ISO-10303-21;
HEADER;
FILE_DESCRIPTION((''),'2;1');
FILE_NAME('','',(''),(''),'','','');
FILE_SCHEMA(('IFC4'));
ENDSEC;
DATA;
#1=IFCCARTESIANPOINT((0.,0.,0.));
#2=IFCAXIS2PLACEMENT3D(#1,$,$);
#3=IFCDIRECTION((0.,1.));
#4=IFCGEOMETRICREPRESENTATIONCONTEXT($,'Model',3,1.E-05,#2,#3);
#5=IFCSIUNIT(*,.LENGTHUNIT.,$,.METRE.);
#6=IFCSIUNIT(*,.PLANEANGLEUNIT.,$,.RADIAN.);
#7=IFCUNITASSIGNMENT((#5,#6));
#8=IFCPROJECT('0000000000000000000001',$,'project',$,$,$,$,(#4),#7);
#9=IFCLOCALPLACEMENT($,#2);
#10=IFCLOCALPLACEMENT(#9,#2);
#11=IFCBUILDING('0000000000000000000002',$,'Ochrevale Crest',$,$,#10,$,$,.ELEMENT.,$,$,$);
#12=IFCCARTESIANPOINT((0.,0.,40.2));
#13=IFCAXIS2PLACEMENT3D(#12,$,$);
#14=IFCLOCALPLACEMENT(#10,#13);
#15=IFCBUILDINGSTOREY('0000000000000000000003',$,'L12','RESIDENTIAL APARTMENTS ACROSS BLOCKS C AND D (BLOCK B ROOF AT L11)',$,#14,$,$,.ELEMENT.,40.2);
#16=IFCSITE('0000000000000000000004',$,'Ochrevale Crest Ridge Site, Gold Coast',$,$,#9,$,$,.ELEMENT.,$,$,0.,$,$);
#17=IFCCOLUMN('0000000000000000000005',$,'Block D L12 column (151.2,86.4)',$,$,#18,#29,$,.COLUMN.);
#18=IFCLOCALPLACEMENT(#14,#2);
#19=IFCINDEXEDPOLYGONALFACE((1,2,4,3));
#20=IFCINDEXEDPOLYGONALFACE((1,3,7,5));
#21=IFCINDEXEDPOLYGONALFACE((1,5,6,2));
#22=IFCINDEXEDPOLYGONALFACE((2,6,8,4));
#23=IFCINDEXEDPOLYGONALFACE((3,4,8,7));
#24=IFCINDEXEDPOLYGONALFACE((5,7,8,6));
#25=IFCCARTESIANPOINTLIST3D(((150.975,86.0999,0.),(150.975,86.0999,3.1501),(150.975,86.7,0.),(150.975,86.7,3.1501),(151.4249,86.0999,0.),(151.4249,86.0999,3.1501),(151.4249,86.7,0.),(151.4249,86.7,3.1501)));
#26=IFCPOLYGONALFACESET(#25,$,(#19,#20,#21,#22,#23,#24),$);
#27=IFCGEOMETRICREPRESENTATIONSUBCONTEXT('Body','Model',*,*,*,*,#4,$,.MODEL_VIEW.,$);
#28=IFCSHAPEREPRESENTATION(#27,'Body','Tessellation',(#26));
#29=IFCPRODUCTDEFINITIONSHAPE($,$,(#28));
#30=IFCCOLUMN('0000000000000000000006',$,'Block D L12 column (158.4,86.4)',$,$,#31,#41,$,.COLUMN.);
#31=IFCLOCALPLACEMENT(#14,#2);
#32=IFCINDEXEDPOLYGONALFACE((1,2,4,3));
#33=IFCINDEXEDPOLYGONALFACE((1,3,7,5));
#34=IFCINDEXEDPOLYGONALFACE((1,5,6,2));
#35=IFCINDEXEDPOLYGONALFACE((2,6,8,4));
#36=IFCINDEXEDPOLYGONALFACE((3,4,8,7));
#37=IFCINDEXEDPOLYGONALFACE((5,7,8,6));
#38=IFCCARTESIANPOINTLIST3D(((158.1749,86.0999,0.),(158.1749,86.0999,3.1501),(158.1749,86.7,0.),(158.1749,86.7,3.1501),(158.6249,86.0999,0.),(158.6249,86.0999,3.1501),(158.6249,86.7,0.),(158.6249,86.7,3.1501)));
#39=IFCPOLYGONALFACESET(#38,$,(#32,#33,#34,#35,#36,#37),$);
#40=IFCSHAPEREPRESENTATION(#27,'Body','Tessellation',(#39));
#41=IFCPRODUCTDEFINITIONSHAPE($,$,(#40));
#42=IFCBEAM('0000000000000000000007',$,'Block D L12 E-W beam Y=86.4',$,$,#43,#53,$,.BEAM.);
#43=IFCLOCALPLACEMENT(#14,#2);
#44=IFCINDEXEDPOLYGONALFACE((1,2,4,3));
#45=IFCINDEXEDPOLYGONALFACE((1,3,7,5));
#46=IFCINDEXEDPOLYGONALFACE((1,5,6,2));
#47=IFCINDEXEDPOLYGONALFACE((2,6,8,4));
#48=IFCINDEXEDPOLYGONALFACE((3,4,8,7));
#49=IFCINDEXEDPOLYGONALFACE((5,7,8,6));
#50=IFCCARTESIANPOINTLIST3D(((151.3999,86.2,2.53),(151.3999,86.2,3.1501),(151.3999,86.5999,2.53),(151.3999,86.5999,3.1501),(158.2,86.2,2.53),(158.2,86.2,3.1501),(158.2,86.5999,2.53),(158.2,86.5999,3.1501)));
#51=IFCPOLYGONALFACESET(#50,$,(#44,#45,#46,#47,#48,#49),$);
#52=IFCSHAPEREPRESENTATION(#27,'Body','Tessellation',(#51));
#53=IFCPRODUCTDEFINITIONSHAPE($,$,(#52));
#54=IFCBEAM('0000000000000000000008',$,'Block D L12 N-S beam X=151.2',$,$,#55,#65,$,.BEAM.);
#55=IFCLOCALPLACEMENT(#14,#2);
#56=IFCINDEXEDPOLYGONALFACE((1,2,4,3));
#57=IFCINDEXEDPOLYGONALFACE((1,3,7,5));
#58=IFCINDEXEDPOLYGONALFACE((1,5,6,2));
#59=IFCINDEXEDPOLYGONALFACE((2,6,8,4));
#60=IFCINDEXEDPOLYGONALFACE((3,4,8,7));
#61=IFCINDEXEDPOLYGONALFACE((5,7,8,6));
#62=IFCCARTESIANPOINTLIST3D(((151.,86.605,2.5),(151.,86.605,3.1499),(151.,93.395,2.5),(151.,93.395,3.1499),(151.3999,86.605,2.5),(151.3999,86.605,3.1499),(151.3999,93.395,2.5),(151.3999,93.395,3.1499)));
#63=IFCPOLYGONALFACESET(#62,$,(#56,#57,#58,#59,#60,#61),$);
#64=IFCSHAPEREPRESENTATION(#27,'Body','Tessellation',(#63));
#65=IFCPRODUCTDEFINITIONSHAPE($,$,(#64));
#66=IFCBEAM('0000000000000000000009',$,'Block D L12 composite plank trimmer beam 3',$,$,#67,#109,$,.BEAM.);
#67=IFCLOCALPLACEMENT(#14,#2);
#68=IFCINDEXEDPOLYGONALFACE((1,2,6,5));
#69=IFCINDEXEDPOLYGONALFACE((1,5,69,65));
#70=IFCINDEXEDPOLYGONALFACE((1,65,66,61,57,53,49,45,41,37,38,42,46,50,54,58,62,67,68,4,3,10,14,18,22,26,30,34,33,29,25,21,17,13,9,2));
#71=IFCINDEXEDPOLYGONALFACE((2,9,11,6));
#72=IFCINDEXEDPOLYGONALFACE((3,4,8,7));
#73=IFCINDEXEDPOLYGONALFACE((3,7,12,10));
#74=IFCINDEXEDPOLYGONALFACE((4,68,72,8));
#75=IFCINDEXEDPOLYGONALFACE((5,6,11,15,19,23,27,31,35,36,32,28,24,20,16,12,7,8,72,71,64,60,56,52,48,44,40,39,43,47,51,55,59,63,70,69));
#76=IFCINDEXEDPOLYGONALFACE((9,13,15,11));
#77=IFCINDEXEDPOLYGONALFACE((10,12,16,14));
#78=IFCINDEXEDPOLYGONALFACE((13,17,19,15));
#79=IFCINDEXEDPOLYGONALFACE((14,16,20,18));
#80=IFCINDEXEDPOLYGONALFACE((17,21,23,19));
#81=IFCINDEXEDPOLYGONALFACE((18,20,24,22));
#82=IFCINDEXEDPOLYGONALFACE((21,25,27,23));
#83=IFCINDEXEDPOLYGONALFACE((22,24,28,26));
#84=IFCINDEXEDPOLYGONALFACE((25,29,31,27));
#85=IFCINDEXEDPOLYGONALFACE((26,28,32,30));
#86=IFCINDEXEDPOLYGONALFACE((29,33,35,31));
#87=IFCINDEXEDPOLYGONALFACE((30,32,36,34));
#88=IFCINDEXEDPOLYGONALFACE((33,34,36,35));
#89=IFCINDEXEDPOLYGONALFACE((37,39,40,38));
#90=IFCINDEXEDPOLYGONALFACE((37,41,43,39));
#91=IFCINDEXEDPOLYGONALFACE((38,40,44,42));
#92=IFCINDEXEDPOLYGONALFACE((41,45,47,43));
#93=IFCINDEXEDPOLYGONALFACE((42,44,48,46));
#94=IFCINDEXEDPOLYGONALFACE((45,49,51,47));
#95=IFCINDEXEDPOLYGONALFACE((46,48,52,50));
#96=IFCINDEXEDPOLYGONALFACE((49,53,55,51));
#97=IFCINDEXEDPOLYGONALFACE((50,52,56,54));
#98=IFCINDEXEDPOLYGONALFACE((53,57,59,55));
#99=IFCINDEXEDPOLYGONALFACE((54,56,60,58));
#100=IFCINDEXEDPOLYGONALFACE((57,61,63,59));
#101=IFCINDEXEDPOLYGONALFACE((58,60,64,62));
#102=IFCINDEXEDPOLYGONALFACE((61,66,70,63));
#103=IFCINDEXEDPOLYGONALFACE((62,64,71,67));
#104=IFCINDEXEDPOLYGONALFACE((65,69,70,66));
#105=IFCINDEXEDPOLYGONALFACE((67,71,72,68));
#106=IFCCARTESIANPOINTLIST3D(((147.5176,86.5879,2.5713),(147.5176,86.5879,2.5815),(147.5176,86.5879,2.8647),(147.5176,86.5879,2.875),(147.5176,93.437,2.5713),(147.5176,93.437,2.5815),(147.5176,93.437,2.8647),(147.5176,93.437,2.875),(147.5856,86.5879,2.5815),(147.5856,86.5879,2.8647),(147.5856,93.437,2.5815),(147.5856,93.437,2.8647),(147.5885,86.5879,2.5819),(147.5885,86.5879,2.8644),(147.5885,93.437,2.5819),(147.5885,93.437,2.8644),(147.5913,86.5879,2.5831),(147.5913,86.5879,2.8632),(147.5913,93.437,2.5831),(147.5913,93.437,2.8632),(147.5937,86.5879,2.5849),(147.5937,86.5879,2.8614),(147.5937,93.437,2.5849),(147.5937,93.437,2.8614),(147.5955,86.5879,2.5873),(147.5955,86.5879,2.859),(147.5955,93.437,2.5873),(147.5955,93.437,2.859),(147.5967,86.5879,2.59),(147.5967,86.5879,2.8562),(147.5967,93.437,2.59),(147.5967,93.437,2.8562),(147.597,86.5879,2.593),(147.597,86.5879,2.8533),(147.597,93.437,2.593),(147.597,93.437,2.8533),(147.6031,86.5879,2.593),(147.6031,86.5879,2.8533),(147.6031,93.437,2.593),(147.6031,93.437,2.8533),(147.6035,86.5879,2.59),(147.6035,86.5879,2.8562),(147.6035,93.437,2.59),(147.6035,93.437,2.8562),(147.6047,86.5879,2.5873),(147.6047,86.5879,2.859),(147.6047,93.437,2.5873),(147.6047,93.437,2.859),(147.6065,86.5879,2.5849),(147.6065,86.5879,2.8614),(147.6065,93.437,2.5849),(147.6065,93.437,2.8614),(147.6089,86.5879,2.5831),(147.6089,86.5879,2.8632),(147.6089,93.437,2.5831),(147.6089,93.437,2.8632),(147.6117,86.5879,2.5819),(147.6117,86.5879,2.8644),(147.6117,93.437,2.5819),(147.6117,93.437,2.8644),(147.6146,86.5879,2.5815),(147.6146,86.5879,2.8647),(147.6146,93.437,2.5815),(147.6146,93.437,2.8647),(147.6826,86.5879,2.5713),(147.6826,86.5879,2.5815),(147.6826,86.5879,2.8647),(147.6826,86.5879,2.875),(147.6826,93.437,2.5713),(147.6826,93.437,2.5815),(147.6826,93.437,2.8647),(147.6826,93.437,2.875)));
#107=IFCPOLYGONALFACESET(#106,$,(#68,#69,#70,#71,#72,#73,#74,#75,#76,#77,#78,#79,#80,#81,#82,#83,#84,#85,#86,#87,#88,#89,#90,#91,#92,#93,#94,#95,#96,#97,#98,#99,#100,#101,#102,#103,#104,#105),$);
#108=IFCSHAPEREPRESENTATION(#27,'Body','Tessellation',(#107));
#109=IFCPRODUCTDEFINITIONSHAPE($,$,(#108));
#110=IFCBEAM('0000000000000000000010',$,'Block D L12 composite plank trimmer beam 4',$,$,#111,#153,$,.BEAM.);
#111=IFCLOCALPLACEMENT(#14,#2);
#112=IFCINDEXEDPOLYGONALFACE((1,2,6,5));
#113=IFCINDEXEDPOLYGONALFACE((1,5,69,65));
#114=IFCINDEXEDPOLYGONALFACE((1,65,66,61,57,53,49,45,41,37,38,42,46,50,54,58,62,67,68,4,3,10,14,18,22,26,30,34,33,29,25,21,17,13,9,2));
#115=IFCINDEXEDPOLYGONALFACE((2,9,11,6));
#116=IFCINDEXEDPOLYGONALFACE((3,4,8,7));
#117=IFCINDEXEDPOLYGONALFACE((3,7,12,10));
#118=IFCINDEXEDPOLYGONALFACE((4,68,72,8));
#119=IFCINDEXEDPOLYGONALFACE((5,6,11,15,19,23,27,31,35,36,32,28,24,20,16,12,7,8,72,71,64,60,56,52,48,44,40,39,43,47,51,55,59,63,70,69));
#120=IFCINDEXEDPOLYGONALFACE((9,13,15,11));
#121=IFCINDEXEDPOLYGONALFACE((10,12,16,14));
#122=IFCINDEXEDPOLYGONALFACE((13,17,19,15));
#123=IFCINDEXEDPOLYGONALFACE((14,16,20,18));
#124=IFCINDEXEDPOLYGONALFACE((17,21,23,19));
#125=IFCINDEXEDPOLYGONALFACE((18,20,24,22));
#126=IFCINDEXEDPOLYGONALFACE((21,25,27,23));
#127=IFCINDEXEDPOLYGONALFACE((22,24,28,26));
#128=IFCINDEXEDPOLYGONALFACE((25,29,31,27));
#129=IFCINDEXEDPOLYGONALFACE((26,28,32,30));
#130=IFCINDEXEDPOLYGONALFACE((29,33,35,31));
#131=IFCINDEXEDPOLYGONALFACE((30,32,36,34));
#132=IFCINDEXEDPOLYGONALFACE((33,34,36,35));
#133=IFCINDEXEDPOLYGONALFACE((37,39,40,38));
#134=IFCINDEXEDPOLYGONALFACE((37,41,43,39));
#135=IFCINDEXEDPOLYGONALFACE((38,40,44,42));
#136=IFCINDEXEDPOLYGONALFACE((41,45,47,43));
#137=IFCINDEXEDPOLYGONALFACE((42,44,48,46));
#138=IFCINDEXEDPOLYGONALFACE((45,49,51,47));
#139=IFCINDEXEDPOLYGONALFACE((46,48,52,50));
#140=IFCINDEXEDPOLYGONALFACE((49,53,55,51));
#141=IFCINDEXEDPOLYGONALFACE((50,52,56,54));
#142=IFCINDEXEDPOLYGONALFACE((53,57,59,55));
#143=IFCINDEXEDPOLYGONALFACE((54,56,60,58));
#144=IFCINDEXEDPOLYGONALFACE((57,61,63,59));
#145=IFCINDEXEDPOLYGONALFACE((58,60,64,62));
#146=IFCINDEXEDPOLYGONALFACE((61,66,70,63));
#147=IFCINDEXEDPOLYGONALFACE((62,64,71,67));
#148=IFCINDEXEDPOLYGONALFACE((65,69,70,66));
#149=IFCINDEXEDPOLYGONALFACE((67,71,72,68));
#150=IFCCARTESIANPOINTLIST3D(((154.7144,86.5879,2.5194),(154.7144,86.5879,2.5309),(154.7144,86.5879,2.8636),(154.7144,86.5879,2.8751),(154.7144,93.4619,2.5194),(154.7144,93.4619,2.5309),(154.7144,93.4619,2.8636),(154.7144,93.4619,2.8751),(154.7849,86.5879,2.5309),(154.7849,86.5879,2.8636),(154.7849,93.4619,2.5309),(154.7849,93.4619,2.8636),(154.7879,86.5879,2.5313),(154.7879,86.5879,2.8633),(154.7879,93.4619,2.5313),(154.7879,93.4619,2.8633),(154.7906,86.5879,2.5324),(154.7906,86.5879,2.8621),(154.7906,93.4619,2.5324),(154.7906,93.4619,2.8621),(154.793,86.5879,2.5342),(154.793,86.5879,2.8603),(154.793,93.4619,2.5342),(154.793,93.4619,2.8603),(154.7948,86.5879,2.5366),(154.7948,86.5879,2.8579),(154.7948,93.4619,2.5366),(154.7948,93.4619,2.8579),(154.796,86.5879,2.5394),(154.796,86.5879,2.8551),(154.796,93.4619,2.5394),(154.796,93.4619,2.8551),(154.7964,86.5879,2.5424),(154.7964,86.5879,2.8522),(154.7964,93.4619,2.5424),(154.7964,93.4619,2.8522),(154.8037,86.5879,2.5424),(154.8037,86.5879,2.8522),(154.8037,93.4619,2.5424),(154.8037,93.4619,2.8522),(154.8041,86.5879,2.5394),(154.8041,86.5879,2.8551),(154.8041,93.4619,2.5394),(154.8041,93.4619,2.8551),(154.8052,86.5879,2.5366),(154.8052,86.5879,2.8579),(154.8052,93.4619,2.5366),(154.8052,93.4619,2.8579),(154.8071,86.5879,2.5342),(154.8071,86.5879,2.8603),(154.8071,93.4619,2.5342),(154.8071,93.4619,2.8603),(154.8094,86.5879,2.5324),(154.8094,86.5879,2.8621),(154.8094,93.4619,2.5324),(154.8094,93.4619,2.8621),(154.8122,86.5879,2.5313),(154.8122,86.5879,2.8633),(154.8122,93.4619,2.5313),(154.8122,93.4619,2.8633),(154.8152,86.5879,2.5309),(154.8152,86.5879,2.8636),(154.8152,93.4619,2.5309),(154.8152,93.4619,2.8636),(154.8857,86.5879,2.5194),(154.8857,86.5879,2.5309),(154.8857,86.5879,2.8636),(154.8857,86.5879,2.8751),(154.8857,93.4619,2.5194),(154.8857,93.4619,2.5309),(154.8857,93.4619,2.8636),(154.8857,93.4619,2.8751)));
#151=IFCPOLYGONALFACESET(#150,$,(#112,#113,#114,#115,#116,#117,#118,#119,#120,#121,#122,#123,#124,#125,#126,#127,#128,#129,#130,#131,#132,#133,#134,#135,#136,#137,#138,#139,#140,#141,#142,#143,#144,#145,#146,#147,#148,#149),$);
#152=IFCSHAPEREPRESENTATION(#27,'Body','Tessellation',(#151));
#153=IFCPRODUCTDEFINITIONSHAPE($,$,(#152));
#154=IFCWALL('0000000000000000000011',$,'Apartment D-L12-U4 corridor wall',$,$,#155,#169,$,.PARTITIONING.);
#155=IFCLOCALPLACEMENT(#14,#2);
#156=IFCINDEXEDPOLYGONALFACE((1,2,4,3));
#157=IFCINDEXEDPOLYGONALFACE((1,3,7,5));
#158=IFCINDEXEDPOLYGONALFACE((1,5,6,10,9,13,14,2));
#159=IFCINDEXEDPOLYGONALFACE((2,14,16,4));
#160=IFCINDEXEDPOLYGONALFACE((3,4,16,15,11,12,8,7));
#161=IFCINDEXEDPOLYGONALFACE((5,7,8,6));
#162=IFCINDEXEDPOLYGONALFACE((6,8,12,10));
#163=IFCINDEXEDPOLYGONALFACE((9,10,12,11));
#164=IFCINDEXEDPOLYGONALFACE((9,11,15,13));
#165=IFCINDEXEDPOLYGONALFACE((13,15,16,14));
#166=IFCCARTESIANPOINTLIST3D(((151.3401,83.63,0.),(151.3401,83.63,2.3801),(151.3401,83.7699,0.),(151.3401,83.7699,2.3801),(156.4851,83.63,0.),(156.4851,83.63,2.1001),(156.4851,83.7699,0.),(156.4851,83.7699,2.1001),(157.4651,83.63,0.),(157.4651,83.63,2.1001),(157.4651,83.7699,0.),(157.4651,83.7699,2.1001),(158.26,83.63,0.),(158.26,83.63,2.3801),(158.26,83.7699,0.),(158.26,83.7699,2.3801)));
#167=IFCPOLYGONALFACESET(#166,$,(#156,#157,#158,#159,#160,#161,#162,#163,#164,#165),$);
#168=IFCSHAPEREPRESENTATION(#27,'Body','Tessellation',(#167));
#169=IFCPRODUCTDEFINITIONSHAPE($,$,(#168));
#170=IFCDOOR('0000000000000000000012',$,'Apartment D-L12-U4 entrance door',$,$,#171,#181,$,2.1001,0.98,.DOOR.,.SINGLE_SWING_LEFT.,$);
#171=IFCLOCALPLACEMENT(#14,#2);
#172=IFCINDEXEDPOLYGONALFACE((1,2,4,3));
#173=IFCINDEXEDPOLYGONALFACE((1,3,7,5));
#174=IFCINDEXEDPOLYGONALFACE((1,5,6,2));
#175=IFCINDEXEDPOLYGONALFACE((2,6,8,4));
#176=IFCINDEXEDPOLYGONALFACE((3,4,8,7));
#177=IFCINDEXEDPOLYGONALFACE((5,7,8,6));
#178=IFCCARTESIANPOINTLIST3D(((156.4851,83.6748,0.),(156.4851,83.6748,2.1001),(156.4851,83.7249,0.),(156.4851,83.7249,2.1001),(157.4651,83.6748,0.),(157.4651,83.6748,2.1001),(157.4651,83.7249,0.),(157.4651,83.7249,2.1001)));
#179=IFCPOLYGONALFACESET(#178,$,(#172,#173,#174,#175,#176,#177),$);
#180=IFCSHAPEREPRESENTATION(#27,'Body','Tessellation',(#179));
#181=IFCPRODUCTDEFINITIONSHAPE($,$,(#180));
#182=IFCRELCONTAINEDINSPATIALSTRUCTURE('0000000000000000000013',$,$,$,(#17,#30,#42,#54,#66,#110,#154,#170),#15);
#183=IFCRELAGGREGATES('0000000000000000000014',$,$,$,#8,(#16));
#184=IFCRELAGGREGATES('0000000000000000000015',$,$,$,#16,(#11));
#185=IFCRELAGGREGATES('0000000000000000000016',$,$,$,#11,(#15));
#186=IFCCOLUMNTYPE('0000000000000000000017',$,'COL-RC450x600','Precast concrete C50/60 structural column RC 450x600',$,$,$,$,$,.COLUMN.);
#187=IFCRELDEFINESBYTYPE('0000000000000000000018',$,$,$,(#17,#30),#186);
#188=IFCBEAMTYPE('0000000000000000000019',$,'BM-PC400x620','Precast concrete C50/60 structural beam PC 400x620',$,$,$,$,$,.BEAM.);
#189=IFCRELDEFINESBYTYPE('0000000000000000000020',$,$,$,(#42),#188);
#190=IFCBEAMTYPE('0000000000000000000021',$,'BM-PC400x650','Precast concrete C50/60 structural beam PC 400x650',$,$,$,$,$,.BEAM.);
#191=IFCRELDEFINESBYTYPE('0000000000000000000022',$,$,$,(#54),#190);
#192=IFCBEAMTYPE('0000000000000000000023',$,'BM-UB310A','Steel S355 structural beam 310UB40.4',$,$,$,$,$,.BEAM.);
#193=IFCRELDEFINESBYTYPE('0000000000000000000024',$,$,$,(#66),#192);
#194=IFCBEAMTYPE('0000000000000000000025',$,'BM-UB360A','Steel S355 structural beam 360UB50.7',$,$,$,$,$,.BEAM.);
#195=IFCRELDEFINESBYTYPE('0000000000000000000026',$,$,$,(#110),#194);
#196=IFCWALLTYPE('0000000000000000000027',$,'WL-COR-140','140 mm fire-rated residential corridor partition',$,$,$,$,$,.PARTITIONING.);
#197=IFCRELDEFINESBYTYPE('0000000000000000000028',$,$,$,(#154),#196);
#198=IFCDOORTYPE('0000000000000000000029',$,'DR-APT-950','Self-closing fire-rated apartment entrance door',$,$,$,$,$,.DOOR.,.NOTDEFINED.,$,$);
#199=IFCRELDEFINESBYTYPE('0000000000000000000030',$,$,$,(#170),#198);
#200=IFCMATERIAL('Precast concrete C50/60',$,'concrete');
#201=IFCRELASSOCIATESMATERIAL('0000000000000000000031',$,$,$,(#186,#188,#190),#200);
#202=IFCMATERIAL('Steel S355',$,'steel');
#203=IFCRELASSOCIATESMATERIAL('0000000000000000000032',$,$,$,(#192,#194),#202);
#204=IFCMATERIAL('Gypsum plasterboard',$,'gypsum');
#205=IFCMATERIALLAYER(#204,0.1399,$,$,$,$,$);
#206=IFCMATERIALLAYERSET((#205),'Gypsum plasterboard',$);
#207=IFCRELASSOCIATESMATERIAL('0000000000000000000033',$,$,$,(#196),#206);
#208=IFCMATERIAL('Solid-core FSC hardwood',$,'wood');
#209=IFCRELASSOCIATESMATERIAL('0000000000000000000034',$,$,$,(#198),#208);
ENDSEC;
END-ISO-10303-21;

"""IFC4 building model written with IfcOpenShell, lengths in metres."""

from ifc_helpers import new_model, si_unit, direction, frame, frame_2d, origin, origin_2d, place, context, subcontext, project, spatial, rectangle, i_section, extrude, material, layer, layer_set, material_profile, profile_set, type_object, element, fill, save


model = new_model("IFC4")

# Units and contexts
model_context = context("Model", 3, precision=1e-05, world=origin(), true_north=direction((0.0, 1.0)))
body_context = subcontext(model_context, "Body", "Model", "MODEL_VIEW")
ifc_project = project(units=[si_unit("LENGTHUNIT", "METRE"), si_unit("PLANEANGLEUNIT", "RADIAN")], contexts=[model_context])

# Site, building, storey
site_placement = place(None, origin())
site = spatial("IfcSite", under=ifc_project, at=site_placement, Name="Ochrevale Crest Ridge Site, Gold Coast", CompositionType="ELEMENT", RefElevation=0.0)
building_placement = place(site_placement, origin())
building = spatial("IfcBuilding", under=site, at=building_placement, Name="Ochrevale Crest", CompositionType="ELEMENT")
storey_placement = place(building_placement, frame((0.0, 0.0, 40.2)))
storey = spatial("IfcBuildingStorey", under=building, at=storey_placement, Name="L12", Description="RESIDENTIAL APARTMENTS ACROSS BLOCKS C AND D (BLOCK B ROOF AT L11)", CompositionType="ELEMENT", Elevation=40.2)

# Columns
ifc_material_1 = material(Name="Precast concrete C50/60", Category="concrete")
ifc_material_profile_1 = material_profile(ifc_material_1, rectangle(XDim=0.45, YDim=0.6001, at=origin_2d()), Name="RC 450x600")
ifc_profile_set_1 = profile_set([ifc_material_profile_1], Name="Precast concrete C50/60")
column_type = type_object("IfcColumnType", Name="COL-RC450x600", Description="Precast concrete C50/60 structural column RC 450x600", PredefinedType="COLUMN", material=ifc_profile_set_1)
for number, where, z_axis, x_axis, name in (
    (1, (151.2, 86.3999, 0.0), (0.0, 0.0, 1.0), (1.0, 0.0, 0.0), "Block D L12 column (151.2,86.4)"),
    (2, (158.3999, 86.3999, 0.0), (0.0, 0.0, 1.0), (1.0, 0.0, 0.0), "Block D L12 column (158.4,86.4)"),
):
    element("IfcColumn", number, at=place(storey_placement, frame(where, z_axis=z_axis, x_axis=x_axis)), inside=storey, type_object=column_type, Name=name, PredefinedType="COLUMN", context=body_context, shape_type="SweptSolid", body=[
        extrude(rectangle(XDim=0.45, YDim=0.6001, at=origin_2d()), origin(), (0.0, 0.0, 1.0), 3.1501),
    ])

# Beams
ifc_material_profile_2 = material_profile(ifc_material_1, rectangle(XDim=0.3999, YDim=0.6201, at=origin_2d()), Name="PC 400x620")
ifc_profile_set_2 = profile_set([ifc_material_profile_2], Name="Precast concrete C50/60")
beam_type_1 = type_object("IfcBeamType", Name="BM-PC400x620", Description="Precast concrete C50/60 structural beam PC 400x620", PredefinedType="BEAM", material=ifc_profile_set_2)
beam_1_placement = place(storey_placement, frame((151.3999, 86.3999, 2.8401), z_axis=(1.0, 0.0, 0.0), x_axis=(0.0, 1.0, 0.0)))
element("IfcBeam", 3, at=beam_1_placement, inside=storey, type_object=beam_type_1, Name="Block D L12 E-W beam Y=86.4", PredefinedType="BEAM", context=body_context, shape_type="SweptSolid", body=[
    extrude(rectangle(XDim=0.3999, YDim=0.6201, at=origin_2d()), origin(), (0.0, 0.0, 1.0), 6.8),
])
ifc_material_profile_3 = material_profile(ifc_material_1, rectangle(XDim=0.3999, YDim=0.6499, at=origin_2d()), Name="PC 400x650")
ifc_profile_set_3 = profile_set([ifc_material_profile_3], Name="Precast concrete C50/60")
beam_type_2 = type_object("IfcBeamType", Name="BM-PC400x650", Description="Precast concrete C50/60 structural beam PC 400x650", PredefinedType="BEAM", material=ifc_profile_set_3)
beam_2_placement = place(storey_placement, frame((151.2, 86.605, 2.825), z_axis=(0.0, 1.0, 0.0), x_axis=(-1.0, 0.0, 0.0)))
element("IfcBeam", 4, at=beam_2_placement, inside=storey, type_object=beam_type_2, Name="Block D L12 N-S beam X=151.2", PredefinedType="BEAM", context=body_context, shape_type="SweptSolid", body=[
    extrude(rectangle(XDim=0.3999, YDim=0.6499, at=origin_2d()), origin(), (0.0, 0.0, 1.0), 6.79),
])
ifc_material_2 = material(Name="Steel S355", Category="steel")
ifc_material_profile_4 = material_profile(ifc_material_2, i_section(OverallWidth=0.165, OverallDepth=0.3037, WebThickness=0.0061, FlangeThickness=0.0103, FilletRadius=0.0115, at=origin_2d()), Name="310UB40.4")
ifc_profile_set_4 = profile_set([ifc_material_profile_4], Name="Steel S355")
beam_type_3 = type_object("IfcBeamType", Name="BM-UB310A", Description="Steel S355 structural beam 310UB40.4", PredefinedType="BEAM", material=ifc_profile_set_4)
beam_3_placement = place(storey_placement, frame((147.6001, 86.5879, 2.7231), z_axis=(0.0, 1.0, 0.0), x_axis=(-1.0, 0.0, 0.0)))
element("IfcBeam", 5, at=beam_3_placement, inside=storey, type_object=beam_type_3, Name="Block D L12 composite plank trimmer beam 3", PredefinedType="BEAM", context=body_context, shape_type="SweptSolid", body=[
    extrude(i_section(OverallWidth=0.165, OverallDepth=0.3037, WebThickness=0.0061, FlangeThickness=0.0103, FilletRadius=0.0115, at=origin_2d()), origin(), (0.0, 0.0, 1.0), 6.8491),
])
ifc_material_profile_5 = material_profile(ifc_material_2, i_section(OverallWidth=0.1714, OverallDepth=0.3557, WebThickness=0.0073, FlangeThickness=0.0115, FilletRadius=0.0115, at=origin_2d()), Name="360UB50.7")
ifc_profile_set_5 = profile_set([ifc_material_profile_5], Name="Steel S355")
beam_type_4 = type_object("IfcBeamType", Name="BM-UB360A", Description="Steel S355 structural beam 360UB50.7", PredefinedType="BEAM", material=ifc_profile_set_5)
beam_4_placement = place(storey_placement, frame((154.8, 86.5879, 2.6973), z_axis=(0.0, 1.0, 0.0), x_axis=(-1.0, 0.0, 0.0)))
element("IfcBeam", 6, at=beam_4_placement, inside=storey, type_object=beam_type_4, Name="Block D L12 composite plank trimmer beam 4", PredefinedType="BEAM", context=body_context, shape_type="SweptSolid", body=[
    extrude(i_section(OverallWidth=0.1714, OverallDepth=0.3557, WebThickness=0.0073, FlangeThickness=0.0115, FilletRadius=0.0115, at=origin_2d()), origin(), (0.0, 0.0, 1.0), 6.874),
])

# Wall, opening, door
ifc_material_3 = material(Name="Gypsum plasterboard", Category="gypsum")
ifc_layer_1 = layer(ifc_material_3, 0.1399)
ifc_layer_set_1 = layer_set([ifc_layer_1], Name="Gypsum plasterboard")
wall_type_1 = type_object("IfcWallType", Name="WL-COR-140", Description="140 mm fire-rated residential corridor partition", PredefinedType="PARTITIONING", material=ifc_layer_set_1)
wall_1_placement = place(storey_placement, frame((151.3401, 83.7, 0.0), z_axis=(0.0, 0.0, 1.0), x_axis=(1.0, 0.0, 0.0)))
wall_1 = element("IfcWall", 7, at=wall_1_placement, inside=storey, type_object=wall_type_1, Name="Apartment D-L12-U4 corridor wall", PredefinedType="PARTITIONING", context=body_context, shape_type="SweptSolid", body=[
    extrude(rectangle(XDim=6.9199, YDim=0.1399, at=frame_2d((3.46, 0.0))), origin(), (0.0, 0.0, 1.0), 2.3801),
])
opening_1_placement = place(wall_1_placement, frame((5.145, 0.0, 0.0)))
opening_1 = element("IfcOpeningElement", 8, at=opening_1_placement, cuts=wall_1, PredefinedType="OPENING", context=body_context, shape_type="SweptSolid", body=[
    extrude(rectangle(XDim=0.98, YDim=2.1001, at=frame_2d((0.49, 1.05))), frame((0.0, 0.0801, 0.0), z_axis=(0.0, -1.0, 0.0), x_axis=(1.0, 0.0, 0.0)), (0.0, 0.0, 1.0), 0.1599),
])
ifc_material_4 = material(Name="Solid-core FSC hardwood", Category="wood")
door_type_1 = type_object("IfcDoorType", Name="DR-APT-950", Description="Self-closing fire-rated apartment entrance door", OperationType="NOTDEFINED", PredefinedType="DOOR", material=ifc_material_4)
door_1_placement = place(opening_1_placement, origin())
door_1 = element("IfcDoor", 9, at=door_1_placement, inside=storey, type_object=door_type_1, Name="Apartment D-L12-U4 entrance door", OperationType="SINGLE_SWING_LEFT", OverallHeight=2.1001, OverallWidth=0.98, PredefinedType="DOOR", context=body_context, shape_type="SweptSolid", body=[
    extrude(rectangle(XDim=0.98, YDim=2.1001, at=frame_2d((0.49, 1.05))), frame((0.0, 0.0249, 0.0), z_axis=(0.0, -1.0, 0.0), x_axis=(1.0, 0.0, 0.0)), (0.0, 0.0, 1.0), 0.05),
])
fill(opening_1, door_1)

save(model, "model.ifc")
